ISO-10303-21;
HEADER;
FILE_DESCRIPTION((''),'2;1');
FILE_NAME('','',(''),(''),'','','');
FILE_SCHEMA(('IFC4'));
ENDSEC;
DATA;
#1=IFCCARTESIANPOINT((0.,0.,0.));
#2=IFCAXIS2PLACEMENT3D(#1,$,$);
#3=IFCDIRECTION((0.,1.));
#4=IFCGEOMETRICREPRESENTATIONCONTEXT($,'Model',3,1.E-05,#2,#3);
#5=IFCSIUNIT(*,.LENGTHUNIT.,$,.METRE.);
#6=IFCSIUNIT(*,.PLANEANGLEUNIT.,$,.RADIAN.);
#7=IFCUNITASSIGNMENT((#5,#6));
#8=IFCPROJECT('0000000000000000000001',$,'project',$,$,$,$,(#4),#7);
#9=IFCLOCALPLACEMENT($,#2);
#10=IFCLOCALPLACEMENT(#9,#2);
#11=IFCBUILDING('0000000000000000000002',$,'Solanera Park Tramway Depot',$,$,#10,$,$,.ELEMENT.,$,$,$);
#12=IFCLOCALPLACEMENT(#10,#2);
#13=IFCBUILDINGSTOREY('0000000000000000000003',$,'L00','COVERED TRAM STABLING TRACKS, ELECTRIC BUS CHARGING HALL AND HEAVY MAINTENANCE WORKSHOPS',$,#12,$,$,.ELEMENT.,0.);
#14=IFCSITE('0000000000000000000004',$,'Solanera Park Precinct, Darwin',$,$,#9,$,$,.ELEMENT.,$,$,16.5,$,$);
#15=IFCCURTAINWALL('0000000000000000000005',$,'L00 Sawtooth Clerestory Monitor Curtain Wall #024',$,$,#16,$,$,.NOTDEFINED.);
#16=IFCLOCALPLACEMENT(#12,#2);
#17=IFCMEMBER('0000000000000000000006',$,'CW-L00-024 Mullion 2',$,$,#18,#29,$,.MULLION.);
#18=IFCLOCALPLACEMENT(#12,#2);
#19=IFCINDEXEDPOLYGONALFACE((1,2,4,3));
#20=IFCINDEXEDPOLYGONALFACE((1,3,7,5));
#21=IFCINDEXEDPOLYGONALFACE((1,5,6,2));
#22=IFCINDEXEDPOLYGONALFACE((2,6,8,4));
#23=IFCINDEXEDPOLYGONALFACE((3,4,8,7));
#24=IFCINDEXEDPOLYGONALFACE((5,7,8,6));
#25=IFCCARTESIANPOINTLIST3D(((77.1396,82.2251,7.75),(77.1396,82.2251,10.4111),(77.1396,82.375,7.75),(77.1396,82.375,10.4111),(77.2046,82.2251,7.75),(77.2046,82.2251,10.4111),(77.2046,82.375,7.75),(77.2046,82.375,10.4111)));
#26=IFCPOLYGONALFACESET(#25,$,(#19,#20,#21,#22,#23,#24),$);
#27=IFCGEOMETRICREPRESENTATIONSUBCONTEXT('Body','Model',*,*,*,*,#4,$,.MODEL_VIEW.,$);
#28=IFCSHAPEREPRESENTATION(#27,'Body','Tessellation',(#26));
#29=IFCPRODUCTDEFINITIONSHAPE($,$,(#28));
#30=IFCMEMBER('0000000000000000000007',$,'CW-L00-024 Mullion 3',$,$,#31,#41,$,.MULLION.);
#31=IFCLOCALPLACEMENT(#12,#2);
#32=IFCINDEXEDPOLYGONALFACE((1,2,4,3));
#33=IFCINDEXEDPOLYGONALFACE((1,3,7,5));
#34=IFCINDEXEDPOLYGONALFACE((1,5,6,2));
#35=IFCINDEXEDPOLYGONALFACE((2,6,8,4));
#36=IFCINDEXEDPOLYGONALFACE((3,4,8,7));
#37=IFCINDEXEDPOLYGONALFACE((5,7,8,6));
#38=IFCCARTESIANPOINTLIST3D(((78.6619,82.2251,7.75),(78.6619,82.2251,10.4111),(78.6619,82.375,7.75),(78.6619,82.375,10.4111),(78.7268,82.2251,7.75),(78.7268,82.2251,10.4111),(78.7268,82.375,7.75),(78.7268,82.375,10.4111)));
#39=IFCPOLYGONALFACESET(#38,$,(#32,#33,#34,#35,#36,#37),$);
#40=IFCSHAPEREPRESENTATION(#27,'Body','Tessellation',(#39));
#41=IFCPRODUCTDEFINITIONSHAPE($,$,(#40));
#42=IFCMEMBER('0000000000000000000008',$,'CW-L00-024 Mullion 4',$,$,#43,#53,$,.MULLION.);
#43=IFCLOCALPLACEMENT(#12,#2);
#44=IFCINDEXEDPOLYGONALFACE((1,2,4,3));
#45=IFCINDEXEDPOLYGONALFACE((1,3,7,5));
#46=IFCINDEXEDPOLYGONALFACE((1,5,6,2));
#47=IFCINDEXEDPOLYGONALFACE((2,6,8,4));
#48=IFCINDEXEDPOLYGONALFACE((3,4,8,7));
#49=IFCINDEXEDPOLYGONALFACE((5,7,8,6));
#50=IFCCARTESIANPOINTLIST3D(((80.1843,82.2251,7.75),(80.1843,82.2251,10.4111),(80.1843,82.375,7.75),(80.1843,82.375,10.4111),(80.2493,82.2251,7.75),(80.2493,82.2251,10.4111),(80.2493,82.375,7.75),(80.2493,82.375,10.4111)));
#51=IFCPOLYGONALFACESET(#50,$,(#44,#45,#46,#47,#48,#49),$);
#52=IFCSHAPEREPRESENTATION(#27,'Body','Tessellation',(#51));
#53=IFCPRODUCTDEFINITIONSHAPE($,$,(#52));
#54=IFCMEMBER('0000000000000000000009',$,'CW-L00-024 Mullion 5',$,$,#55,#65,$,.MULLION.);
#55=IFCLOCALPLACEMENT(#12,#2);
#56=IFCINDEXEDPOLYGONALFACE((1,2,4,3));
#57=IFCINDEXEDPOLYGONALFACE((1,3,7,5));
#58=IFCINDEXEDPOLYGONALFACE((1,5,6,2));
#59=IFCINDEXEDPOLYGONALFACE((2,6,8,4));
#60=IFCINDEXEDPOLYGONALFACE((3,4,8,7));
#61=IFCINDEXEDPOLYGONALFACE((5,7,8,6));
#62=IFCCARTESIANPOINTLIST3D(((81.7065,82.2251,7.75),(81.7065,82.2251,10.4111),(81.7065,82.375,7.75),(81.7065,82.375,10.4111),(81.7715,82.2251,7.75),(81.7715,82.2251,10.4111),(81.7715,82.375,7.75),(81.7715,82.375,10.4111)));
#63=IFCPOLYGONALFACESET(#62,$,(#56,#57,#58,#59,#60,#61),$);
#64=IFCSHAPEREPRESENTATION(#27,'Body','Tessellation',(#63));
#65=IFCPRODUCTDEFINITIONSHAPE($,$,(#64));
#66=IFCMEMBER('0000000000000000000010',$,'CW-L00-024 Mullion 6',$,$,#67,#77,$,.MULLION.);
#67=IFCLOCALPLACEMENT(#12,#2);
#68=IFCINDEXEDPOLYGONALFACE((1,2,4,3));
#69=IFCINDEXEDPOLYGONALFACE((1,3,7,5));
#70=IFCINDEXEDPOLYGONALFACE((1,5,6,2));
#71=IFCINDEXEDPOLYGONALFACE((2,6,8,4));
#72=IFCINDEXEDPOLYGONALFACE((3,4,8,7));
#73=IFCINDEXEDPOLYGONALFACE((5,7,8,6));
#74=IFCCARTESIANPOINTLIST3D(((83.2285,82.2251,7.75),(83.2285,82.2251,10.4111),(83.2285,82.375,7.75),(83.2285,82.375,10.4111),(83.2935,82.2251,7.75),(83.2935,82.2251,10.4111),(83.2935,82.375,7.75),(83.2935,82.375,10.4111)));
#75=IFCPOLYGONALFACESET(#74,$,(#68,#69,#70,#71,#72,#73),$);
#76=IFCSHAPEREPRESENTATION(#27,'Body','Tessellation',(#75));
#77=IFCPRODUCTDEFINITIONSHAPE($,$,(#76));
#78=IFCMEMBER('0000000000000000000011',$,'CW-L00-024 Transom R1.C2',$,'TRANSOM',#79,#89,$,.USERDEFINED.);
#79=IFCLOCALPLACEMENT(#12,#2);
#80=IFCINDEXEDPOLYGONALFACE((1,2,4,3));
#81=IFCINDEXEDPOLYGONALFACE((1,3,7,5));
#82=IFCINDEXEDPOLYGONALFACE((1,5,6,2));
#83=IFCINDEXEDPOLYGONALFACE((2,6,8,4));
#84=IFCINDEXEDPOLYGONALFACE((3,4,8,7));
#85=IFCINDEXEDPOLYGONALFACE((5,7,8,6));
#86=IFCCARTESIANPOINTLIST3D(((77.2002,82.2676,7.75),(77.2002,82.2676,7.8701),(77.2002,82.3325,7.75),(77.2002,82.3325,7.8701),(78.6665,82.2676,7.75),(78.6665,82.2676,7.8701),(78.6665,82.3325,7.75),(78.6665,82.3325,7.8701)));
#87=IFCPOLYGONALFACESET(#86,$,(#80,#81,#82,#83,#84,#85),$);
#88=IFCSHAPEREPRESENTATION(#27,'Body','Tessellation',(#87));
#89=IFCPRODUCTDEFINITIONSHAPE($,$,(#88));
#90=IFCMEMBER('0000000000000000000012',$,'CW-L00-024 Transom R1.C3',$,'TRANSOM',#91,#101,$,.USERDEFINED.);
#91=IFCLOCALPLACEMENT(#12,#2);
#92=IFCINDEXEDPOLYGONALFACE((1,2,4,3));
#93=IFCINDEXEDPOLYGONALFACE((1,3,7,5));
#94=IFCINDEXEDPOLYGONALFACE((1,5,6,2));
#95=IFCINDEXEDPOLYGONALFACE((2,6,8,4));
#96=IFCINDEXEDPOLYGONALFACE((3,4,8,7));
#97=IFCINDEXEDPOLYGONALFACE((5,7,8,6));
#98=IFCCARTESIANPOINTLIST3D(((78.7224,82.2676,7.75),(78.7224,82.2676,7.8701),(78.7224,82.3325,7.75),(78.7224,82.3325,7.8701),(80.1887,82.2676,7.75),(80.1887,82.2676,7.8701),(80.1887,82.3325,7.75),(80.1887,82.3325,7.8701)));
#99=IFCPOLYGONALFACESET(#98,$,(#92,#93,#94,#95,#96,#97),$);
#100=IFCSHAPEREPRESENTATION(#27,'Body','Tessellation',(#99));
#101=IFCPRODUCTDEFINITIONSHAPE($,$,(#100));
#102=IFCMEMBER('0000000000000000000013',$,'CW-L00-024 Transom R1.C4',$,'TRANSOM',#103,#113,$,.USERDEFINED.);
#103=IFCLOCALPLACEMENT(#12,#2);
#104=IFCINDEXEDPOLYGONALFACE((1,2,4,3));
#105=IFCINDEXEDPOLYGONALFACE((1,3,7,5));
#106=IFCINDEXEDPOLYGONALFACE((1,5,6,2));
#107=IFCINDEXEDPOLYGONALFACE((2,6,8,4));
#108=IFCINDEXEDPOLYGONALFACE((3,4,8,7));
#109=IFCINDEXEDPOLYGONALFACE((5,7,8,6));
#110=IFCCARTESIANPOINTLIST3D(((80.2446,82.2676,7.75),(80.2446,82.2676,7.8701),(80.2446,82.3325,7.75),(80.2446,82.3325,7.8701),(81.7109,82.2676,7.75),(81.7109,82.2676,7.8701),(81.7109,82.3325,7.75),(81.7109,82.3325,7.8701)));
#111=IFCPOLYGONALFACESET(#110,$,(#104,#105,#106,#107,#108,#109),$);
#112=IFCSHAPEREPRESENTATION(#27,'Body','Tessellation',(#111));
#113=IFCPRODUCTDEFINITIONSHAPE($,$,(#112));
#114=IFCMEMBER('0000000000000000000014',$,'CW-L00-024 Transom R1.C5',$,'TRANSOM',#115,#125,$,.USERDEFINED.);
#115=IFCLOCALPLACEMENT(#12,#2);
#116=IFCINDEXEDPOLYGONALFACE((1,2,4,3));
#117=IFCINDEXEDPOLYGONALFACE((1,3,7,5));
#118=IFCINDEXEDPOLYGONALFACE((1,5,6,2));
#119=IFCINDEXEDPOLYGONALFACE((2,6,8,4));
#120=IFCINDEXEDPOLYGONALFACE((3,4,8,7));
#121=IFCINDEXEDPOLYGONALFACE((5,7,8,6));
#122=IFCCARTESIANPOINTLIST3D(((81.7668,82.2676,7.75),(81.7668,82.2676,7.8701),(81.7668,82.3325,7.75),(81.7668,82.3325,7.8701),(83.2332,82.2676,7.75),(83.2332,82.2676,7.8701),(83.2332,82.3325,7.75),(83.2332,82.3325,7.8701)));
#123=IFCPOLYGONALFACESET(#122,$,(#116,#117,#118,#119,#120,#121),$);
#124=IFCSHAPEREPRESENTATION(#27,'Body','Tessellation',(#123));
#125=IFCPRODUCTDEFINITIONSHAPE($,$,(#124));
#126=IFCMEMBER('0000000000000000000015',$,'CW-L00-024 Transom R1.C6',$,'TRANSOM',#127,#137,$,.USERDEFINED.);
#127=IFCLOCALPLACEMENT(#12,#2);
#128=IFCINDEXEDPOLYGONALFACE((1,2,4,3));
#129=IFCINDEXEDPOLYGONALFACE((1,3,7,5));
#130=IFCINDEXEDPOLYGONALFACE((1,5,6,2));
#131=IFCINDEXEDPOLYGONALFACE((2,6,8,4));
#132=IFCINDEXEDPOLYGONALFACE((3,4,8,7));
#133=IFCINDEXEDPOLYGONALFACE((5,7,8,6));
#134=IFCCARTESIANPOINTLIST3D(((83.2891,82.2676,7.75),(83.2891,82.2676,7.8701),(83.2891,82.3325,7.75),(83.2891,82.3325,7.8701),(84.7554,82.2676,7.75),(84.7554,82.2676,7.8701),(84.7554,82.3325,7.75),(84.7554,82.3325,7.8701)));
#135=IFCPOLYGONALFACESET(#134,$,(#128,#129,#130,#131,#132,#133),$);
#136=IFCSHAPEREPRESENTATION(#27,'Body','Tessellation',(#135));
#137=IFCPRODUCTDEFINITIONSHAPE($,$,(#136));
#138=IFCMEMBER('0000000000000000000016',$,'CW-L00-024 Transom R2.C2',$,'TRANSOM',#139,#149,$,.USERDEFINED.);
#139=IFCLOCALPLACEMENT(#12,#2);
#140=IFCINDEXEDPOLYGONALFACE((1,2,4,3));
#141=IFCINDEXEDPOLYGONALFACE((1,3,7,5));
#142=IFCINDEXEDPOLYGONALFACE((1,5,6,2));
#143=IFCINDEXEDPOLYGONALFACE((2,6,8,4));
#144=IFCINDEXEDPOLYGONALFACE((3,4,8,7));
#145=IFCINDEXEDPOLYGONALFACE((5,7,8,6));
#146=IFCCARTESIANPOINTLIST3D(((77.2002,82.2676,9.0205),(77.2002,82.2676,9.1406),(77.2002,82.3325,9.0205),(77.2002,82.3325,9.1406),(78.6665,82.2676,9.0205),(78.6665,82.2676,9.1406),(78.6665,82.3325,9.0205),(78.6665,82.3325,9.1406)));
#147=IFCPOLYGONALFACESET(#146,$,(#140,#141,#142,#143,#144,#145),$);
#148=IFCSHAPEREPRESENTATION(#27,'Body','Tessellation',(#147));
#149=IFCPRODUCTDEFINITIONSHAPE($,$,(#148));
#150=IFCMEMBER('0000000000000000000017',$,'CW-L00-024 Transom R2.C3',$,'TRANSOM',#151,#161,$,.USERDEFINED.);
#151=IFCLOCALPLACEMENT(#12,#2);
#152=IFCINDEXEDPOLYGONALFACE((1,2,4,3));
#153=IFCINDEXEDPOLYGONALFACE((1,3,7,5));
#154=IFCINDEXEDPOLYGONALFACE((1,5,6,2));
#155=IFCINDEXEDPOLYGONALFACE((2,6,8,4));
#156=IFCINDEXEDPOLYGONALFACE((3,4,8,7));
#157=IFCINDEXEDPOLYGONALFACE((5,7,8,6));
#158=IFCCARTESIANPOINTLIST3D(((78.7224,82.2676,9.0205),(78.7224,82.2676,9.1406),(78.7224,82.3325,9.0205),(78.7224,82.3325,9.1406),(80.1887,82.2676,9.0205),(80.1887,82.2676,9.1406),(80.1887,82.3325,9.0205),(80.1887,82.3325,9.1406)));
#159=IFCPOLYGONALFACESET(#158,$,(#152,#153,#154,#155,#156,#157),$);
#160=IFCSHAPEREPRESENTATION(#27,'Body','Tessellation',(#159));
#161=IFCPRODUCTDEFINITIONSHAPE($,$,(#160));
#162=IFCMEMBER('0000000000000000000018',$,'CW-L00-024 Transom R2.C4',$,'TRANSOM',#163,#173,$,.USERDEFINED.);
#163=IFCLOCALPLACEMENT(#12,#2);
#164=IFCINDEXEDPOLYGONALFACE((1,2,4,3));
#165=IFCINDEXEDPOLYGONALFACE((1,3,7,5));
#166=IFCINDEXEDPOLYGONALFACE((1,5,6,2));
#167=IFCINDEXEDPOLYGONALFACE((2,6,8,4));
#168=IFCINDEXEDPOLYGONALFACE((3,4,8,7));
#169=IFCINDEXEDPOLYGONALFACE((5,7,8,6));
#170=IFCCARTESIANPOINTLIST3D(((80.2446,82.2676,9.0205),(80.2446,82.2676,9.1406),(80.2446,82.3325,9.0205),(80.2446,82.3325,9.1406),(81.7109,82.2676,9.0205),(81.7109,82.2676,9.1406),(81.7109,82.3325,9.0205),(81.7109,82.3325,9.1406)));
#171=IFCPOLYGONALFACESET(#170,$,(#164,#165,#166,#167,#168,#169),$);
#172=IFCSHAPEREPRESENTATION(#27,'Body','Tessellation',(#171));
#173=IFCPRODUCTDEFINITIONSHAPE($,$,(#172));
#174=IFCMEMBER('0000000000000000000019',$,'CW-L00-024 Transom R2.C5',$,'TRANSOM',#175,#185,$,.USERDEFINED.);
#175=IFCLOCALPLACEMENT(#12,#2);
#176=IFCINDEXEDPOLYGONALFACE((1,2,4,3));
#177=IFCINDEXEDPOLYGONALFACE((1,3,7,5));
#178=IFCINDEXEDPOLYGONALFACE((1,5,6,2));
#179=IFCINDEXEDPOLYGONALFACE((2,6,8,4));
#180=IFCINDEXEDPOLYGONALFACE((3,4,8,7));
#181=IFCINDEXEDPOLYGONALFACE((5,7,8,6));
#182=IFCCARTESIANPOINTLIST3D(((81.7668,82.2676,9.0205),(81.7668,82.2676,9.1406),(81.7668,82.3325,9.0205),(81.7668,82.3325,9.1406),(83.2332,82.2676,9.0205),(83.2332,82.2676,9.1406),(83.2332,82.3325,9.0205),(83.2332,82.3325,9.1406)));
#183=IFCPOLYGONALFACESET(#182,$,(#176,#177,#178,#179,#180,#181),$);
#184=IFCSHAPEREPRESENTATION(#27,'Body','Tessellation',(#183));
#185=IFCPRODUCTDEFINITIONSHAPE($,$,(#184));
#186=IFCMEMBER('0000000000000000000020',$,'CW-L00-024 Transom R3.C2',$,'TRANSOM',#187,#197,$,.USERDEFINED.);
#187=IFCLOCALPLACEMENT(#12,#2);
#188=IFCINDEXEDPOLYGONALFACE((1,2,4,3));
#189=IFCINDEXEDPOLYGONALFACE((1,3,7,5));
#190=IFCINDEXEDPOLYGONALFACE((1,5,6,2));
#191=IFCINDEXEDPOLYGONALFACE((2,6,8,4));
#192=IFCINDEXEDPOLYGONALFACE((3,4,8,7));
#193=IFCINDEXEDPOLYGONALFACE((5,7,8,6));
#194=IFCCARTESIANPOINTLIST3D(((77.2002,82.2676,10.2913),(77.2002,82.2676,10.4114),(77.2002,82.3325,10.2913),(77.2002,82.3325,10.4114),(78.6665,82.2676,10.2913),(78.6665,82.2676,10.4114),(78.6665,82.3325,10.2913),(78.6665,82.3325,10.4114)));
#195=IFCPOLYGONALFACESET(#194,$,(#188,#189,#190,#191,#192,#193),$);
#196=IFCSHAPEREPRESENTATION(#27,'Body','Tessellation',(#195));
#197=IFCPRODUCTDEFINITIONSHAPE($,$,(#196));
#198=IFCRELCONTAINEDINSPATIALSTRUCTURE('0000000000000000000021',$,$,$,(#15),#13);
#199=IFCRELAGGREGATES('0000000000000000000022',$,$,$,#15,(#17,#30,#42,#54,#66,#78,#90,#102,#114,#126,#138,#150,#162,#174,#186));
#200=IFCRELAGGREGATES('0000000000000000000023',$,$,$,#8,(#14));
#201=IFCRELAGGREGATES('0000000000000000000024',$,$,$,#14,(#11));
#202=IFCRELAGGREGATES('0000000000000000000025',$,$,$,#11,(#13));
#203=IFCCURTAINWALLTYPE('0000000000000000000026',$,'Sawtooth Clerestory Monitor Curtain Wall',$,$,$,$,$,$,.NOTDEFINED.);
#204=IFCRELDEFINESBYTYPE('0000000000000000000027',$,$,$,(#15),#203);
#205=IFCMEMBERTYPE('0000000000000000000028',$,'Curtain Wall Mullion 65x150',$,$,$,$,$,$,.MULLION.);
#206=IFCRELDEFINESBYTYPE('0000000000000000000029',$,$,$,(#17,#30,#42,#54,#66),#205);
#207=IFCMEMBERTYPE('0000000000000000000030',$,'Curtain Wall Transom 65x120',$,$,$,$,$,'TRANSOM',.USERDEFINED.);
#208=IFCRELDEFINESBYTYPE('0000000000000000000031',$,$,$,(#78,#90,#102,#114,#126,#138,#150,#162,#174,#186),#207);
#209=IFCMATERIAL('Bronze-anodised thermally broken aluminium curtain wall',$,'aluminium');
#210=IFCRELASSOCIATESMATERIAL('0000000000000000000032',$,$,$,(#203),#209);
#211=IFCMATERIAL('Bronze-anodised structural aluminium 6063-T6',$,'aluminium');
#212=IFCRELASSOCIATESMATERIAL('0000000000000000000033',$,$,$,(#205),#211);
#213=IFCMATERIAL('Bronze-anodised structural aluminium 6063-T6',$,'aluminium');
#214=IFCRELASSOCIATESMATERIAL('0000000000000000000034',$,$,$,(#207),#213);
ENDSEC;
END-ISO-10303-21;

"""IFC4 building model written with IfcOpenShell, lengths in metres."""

from ifc_helpers import new_model, si_unit, direction, frame, origin, origin_2d, place, context, subcontext, project, spatial, rectangle, extrude, material, material_profile, profile_set, type_object, element, aggregate, save


model = new_model("IFC4")

# Units and contexts
model_context = context("Model", 3, precision=1e-05, world=origin(), true_north=direction((0.0, 1.0)))
body_context = subcontext(model_context, "Body", "Model", "MODEL_VIEW")
ifc_project = project(units=[si_unit("LENGTHUNIT", "METRE"), si_unit("PLANEANGLEUNIT", "RADIAN")], contexts=[model_context])

# Site, building, storey
site_placement = place(None, origin())
site = spatial("IfcSite", under=ifc_project, at=site_placement, Name="Solanera Park Precinct, Darwin", CompositionType="ELEMENT", RefElevation=16.5)
building_placement = place(site_placement, origin())
building = spatial("IfcBuilding", under=site, at=building_placement, Name="Solanera Park Tramway Depot", CompositionType="ELEMENT")
storey_placement = place(building_placement, origin())
storey = spatial("IfcBuildingStorey", under=building, at=storey_placement, Name="L00", Description="COVERED TRAM STABLING TRACKS, ELECTRIC BUS CHARGING HALL AND HEAVY MAINTENANCE WORKSHOPS", CompositionType="ELEMENT", Elevation=0.0)

# Curtain wall, members
ifc_material_1 = material(Name="Bronze-anodised thermally broken aluminium curtain wall", Category="aluminium")
curtain_wall_type = type_object("IfcCurtainWallType", Name="Sawtooth Clerestory Monitor Curtain Wall", PredefinedType="NOTDEFINED", material=ifc_material_1)
curtain_wall_placement = place(storey_placement, origin())
curtain_wall = element("IfcCurtainWall", 1, at=curtain_wall_placement, inside=storey, type_object=curtain_wall_type, Name="L00 Sawtooth Clerestory Monitor Curtain Wall #024", PredefinedType="NOTDEFINED")
ifc_material_2 = material(Name="Bronze-anodised structural aluminium 6063-T6", Category="aluminium")
ifc_material_profile_1 = material_profile(ifc_material_2, rectangle(XDim=0.0649, YDim=0.1499, at=origin_2d()), Name="Curtain Wall Mullion 65x150")
ifc_profile_set_1 = profile_set([ifc_material_profile_1], Name="Bronze-anodised structural aluminium 6063-T6")
member_type_1 = type_object("IfcMemberType", Name="Curtain Wall Mullion 65x150", PredefinedType="MULLION", material=ifc_profile_set_1)
member_1_placement = place(storey_placement, frame((77.1721, 82.3, 7.75), z_axis=(0.0, 0.0, 1.0), x_axis=(1.0, 0.0, 0.0)))
member_1 = element("IfcMember", 2, at=member_1_placement, type_object=member_type_1, Name="CW-L00-024 Mullion 2", PredefinedType="MULLION", context=body_context, shape_type="SweptSolid", body=[
    extrude(rectangle(XDim=0.0649, YDim=0.1499, at=origin_2d()), origin(), (0.0, 0.0, 1.0), 2.6611),
])
member_2_placement = place(storey_placement, frame((78.6943, 82.3, 7.75), z_axis=(0.0, 0.0, 1.0), x_axis=(1.0, 0.0, 0.0)))
member_2 = element("IfcMember", 3, at=member_2_placement, type_object=member_type_1, Name="CW-L00-024 Mullion 3", PredefinedType="MULLION", context=body_context, shape_type="SweptSolid", body=[
    extrude(rectangle(XDim=0.0649, YDim=0.1499, at=origin_2d()), origin(), (0.0, 0.0, 1.0), 2.6611),
])
member_3_placement = place(storey_placement, frame((80.2168, 82.3, 7.75), z_axis=(0.0, 0.0, 1.0), x_axis=(1.0, 0.0, 0.0)))
member_3 = element("IfcMember", 4, at=member_3_placement, type_object=member_type_1, Name="CW-L00-024 Mullion 4", PredefinedType="MULLION", context=body_context, shape_type="SweptSolid", body=[
    extrude(rectangle(XDim=0.0649, YDim=0.1499, at=origin_2d()), origin(), (0.0, 0.0, 1.0), 2.6611),
])
member_4_placement = place(storey_placement, frame((81.739, 82.3, 7.75), z_axis=(0.0, 0.0, 1.0), x_axis=(1.0, 0.0, 0.0)))
member_4 = element("IfcMember", 5, at=member_4_placement, type_object=member_type_1, Name="CW-L00-024 Mullion 5", PredefinedType="MULLION", context=body_context, shape_type="SweptSolid", body=[
    extrude(rectangle(XDim=0.0649, YDim=0.1499, at=origin_2d()), origin(), (0.0, 0.0, 1.0), 2.6611),
])
member_5_placement = place(storey_placement, frame((83.261, 82.3, 7.75), z_axis=(0.0, 0.0, 1.0), x_axis=(1.0, 0.0, 0.0)))
member_5 = element("IfcMember", 6, at=member_5_placement, type_object=member_type_1, Name="CW-L00-024 Mullion 6", PredefinedType="MULLION", context=body_context, shape_type="SweptSolid", body=[
    extrude(rectangle(XDim=0.0649, YDim=0.1499, at=origin_2d()), origin(), (0.0, 0.0, 1.0), 2.6611),
])
ifc_material_3 = material(Name="Bronze-anodised structural aluminium 6063-T6", Category="aluminium")
ifc_material_profile_2 = material_profile(ifc_material_3, rectangle(XDim=0.0649, YDim=0.1201, at=origin_2d()), Name="Curtain Wall Transom 65x120")
ifc_profile_set_2 = profile_set([ifc_material_profile_2], Name="Bronze-anodised structural aluminium 6063-T6")
member_type_2 = type_object("IfcMemberType", Name="Curtain Wall Transom 65x120", ElementType="TRANSOM", PredefinedType="USERDEFINED", material=ifc_profile_set_2)
member_6_placement = place(storey_placement, frame((77.2002, 82.3, 7.8101), z_axis=(1.0, 0.0, 0.0), x_axis=(0.0, 1.0, 0.0)))
member_6 = element("IfcMember", 7, at=member_6_placement, type_object=member_type_2, Name="CW-L00-024 Transom R1.C2", ObjectType="TRANSOM", PredefinedType="USERDEFINED", context=body_context, shape_type="SweptSolid", body=[
    extrude(rectangle(XDim=0.0649, YDim=0.1201, at=origin_2d()), origin(), (0.0, 0.0, 1.0), 1.4663),
])
member_7_placement = place(storey_placement, frame((78.7224, 82.3, 7.8101), z_axis=(1.0, 0.0, 0.0), x_axis=(0.0, 1.0, 0.0)))
member_7 = element("IfcMember", 8, at=member_7_placement, type_object=member_type_2, Name="CW-L00-024 Transom R1.C3", ObjectType="TRANSOM", PredefinedType="USERDEFINED", context=body_context, shape_type="SweptSolid", body=[
    extrude(rectangle(XDim=0.0649, YDim=0.1201, at=origin_2d()), origin(), (0.0, 0.0, 1.0), 1.4663),
])
member_8_placement = place(storey_placement, frame((80.2446, 82.3, 7.8101), z_axis=(1.0, 0.0, 0.0), x_axis=(0.0, 1.0, 0.0)))
member_8 = element("IfcMember", 9, at=member_8_placement, type_object=member_type_2, Name="CW-L00-024 Transom R1.C4", ObjectType="TRANSOM", PredefinedType="USERDEFINED", context=body_context, shape_type="SweptSolid", body=[
    extrude(rectangle(XDim=0.0649, YDim=0.1201, at=origin_2d()), origin(), (0.0, 0.0, 1.0), 1.4663),
])
member_9_placement = place(storey_placement, frame((81.7668, 82.3, 7.8101), z_axis=(1.0, 0.0, 0.0), x_axis=(0.0, 1.0, 0.0)))
member_9 = element("IfcMember", 10, at=member_9_placement, type_object=member_type_2, Name="CW-L00-024 Transom R1.C5", ObjectType="TRANSOM", PredefinedType="USERDEFINED", context=body_context, shape_type="SweptSolid", body=[
    extrude(rectangle(XDim=0.0649, YDim=0.1201, at=origin_2d()), origin(), (0.0, 0.0, 1.0), 1.4663),
])
member_10_placement = place(storey_placement, frame((83.2891, 82.3, 7.8101), z_axis=(1.0, 0.0, 0.0), x_axis=(0.0, 1.0, 0.0)))
member_10 = element("IfcMember", 11, at=member_10_placement, type_object=member_type_2, Name="CW-L00-024 Transom R1.C6", ObjectType="TRANSOM", PredefinedType="USERDEFINED", context=body_context, shape_type="SweptSolid", body=[
    extrude(rectangle(XDim=0.0649, YDim=0.1201, at=origin_2d()), origin(), (0.0, 0.0, 1.0), 1.4663),
])
member_11_placement = place(storey_placement, frame((77.2002, 82.3, 9.0806), z_axis=(1.0, 0.0, 0.0), x_axis=(0.0, 1.0, 0.0)))
member_11 = element("IfcMember", 12, at=member_11_placement, type_object=member_type_2, Name="CW-L00-024 Transom R2.C2", ObjectType="TRANSOM", PredefinedType="USERDEFINED", context=body_context, shape_type="SweptSolid", body=[
    extrude(rectangle(XDim=0.0649, YDim=0.1201, at=origin_2d()), origin(), (0.0, 0.0, 1.0), 1.4663),
])
member_12_placement = place(storey_placement, frame((78.7224, 82.3, 9.0806), z_axis=(1.0, 0.0, 0.0), x_axis=(0.0, 1.0, 0.0)))
member_12 = element("IfcMember", 13, at=member_12_placement, type_object=member_type_2, Name="CW-L00-024 Transom R2.C3", ObjectType="TRANSOM", PredefinedType="USERDEFINED", context=body_context, shape_type="SweptSolid", body=[
    extrude(rectangle(XDim=0.0649, YDim=0.1201, at=origin_2d()), origin(), (0.0, 0.0, 1.0), 1.4663),
])
member_13_placement = place(storey_placement, frame((80.2446, 82.3, 9.0806), z_axis=(1.0, 0.0, 0.0), x_axis=(0.0, 1.0, 0.0)))
member_13 = element("IfcMember", 14, at=member_13_placement, type_object=member_type_2, Name="CW-L00-024 Transom R2.C4", ObjectType="TRANSOM", PredefinedType="USERDEFINED", context=body_context, shape_type="SweptSolid", body=[
    extrude(rectangle(XDim=0.0649, YDim=0.1201, at=origin_2d()), origin(), (0.0, 0.0, 1.0), 1.4663),
])
member_14_placement = place(storey_placement, frame((81.7668, 82.3, 9.0806), z_axis=(1.0, 0.0, 0.0), x_axis=(0.0, 1.0, 0.0)))
member_14 = element("IfcMember", 15, at=member_14_placement, type_object=member_type_2, Name="CW-L00-024 Transom R2.C5", ObjectType="TRANSOM", PredefinedType="USERDEFINED", context=body_context, shape_type="SweptSolid", body=[
    extrude(rectangle(XDim=0.0649, YDim=0.1201, at=origin_2d()), origin(), (0.0, 0.0, 1.0), 1.4663),
])
member_15_placement = place(storey_placement, frame((77.2002, 82.3, 10.3513), z_axis=(1.0, 0.0, 0.0), x_axis=(0.0, 1.0, 0.0)))
member_15 = element("IfcMember", 16, at=member_15_placement, type_object=member_type_2, Name="CW-L00-024 Transom R3.C2", ObjectType="TRANSOM", PredefinedType="USERDEFINED", context=body_context, shape_type="SweptSolid", body=[
    extrude(rectangle(XDim=0.0649, YDim=0.1201, at=origin_2d()), origin(), (0.0, 0.0, 1.0), 1.4663),
])

aggregate(curtain_wall, [member_1, member_2, member_3, member_4, member_5, member_6, member_7, member_8, member_9, member_10, member_11, member_12, member_13, member_14, member_15])

save(model, "model.ifc")
